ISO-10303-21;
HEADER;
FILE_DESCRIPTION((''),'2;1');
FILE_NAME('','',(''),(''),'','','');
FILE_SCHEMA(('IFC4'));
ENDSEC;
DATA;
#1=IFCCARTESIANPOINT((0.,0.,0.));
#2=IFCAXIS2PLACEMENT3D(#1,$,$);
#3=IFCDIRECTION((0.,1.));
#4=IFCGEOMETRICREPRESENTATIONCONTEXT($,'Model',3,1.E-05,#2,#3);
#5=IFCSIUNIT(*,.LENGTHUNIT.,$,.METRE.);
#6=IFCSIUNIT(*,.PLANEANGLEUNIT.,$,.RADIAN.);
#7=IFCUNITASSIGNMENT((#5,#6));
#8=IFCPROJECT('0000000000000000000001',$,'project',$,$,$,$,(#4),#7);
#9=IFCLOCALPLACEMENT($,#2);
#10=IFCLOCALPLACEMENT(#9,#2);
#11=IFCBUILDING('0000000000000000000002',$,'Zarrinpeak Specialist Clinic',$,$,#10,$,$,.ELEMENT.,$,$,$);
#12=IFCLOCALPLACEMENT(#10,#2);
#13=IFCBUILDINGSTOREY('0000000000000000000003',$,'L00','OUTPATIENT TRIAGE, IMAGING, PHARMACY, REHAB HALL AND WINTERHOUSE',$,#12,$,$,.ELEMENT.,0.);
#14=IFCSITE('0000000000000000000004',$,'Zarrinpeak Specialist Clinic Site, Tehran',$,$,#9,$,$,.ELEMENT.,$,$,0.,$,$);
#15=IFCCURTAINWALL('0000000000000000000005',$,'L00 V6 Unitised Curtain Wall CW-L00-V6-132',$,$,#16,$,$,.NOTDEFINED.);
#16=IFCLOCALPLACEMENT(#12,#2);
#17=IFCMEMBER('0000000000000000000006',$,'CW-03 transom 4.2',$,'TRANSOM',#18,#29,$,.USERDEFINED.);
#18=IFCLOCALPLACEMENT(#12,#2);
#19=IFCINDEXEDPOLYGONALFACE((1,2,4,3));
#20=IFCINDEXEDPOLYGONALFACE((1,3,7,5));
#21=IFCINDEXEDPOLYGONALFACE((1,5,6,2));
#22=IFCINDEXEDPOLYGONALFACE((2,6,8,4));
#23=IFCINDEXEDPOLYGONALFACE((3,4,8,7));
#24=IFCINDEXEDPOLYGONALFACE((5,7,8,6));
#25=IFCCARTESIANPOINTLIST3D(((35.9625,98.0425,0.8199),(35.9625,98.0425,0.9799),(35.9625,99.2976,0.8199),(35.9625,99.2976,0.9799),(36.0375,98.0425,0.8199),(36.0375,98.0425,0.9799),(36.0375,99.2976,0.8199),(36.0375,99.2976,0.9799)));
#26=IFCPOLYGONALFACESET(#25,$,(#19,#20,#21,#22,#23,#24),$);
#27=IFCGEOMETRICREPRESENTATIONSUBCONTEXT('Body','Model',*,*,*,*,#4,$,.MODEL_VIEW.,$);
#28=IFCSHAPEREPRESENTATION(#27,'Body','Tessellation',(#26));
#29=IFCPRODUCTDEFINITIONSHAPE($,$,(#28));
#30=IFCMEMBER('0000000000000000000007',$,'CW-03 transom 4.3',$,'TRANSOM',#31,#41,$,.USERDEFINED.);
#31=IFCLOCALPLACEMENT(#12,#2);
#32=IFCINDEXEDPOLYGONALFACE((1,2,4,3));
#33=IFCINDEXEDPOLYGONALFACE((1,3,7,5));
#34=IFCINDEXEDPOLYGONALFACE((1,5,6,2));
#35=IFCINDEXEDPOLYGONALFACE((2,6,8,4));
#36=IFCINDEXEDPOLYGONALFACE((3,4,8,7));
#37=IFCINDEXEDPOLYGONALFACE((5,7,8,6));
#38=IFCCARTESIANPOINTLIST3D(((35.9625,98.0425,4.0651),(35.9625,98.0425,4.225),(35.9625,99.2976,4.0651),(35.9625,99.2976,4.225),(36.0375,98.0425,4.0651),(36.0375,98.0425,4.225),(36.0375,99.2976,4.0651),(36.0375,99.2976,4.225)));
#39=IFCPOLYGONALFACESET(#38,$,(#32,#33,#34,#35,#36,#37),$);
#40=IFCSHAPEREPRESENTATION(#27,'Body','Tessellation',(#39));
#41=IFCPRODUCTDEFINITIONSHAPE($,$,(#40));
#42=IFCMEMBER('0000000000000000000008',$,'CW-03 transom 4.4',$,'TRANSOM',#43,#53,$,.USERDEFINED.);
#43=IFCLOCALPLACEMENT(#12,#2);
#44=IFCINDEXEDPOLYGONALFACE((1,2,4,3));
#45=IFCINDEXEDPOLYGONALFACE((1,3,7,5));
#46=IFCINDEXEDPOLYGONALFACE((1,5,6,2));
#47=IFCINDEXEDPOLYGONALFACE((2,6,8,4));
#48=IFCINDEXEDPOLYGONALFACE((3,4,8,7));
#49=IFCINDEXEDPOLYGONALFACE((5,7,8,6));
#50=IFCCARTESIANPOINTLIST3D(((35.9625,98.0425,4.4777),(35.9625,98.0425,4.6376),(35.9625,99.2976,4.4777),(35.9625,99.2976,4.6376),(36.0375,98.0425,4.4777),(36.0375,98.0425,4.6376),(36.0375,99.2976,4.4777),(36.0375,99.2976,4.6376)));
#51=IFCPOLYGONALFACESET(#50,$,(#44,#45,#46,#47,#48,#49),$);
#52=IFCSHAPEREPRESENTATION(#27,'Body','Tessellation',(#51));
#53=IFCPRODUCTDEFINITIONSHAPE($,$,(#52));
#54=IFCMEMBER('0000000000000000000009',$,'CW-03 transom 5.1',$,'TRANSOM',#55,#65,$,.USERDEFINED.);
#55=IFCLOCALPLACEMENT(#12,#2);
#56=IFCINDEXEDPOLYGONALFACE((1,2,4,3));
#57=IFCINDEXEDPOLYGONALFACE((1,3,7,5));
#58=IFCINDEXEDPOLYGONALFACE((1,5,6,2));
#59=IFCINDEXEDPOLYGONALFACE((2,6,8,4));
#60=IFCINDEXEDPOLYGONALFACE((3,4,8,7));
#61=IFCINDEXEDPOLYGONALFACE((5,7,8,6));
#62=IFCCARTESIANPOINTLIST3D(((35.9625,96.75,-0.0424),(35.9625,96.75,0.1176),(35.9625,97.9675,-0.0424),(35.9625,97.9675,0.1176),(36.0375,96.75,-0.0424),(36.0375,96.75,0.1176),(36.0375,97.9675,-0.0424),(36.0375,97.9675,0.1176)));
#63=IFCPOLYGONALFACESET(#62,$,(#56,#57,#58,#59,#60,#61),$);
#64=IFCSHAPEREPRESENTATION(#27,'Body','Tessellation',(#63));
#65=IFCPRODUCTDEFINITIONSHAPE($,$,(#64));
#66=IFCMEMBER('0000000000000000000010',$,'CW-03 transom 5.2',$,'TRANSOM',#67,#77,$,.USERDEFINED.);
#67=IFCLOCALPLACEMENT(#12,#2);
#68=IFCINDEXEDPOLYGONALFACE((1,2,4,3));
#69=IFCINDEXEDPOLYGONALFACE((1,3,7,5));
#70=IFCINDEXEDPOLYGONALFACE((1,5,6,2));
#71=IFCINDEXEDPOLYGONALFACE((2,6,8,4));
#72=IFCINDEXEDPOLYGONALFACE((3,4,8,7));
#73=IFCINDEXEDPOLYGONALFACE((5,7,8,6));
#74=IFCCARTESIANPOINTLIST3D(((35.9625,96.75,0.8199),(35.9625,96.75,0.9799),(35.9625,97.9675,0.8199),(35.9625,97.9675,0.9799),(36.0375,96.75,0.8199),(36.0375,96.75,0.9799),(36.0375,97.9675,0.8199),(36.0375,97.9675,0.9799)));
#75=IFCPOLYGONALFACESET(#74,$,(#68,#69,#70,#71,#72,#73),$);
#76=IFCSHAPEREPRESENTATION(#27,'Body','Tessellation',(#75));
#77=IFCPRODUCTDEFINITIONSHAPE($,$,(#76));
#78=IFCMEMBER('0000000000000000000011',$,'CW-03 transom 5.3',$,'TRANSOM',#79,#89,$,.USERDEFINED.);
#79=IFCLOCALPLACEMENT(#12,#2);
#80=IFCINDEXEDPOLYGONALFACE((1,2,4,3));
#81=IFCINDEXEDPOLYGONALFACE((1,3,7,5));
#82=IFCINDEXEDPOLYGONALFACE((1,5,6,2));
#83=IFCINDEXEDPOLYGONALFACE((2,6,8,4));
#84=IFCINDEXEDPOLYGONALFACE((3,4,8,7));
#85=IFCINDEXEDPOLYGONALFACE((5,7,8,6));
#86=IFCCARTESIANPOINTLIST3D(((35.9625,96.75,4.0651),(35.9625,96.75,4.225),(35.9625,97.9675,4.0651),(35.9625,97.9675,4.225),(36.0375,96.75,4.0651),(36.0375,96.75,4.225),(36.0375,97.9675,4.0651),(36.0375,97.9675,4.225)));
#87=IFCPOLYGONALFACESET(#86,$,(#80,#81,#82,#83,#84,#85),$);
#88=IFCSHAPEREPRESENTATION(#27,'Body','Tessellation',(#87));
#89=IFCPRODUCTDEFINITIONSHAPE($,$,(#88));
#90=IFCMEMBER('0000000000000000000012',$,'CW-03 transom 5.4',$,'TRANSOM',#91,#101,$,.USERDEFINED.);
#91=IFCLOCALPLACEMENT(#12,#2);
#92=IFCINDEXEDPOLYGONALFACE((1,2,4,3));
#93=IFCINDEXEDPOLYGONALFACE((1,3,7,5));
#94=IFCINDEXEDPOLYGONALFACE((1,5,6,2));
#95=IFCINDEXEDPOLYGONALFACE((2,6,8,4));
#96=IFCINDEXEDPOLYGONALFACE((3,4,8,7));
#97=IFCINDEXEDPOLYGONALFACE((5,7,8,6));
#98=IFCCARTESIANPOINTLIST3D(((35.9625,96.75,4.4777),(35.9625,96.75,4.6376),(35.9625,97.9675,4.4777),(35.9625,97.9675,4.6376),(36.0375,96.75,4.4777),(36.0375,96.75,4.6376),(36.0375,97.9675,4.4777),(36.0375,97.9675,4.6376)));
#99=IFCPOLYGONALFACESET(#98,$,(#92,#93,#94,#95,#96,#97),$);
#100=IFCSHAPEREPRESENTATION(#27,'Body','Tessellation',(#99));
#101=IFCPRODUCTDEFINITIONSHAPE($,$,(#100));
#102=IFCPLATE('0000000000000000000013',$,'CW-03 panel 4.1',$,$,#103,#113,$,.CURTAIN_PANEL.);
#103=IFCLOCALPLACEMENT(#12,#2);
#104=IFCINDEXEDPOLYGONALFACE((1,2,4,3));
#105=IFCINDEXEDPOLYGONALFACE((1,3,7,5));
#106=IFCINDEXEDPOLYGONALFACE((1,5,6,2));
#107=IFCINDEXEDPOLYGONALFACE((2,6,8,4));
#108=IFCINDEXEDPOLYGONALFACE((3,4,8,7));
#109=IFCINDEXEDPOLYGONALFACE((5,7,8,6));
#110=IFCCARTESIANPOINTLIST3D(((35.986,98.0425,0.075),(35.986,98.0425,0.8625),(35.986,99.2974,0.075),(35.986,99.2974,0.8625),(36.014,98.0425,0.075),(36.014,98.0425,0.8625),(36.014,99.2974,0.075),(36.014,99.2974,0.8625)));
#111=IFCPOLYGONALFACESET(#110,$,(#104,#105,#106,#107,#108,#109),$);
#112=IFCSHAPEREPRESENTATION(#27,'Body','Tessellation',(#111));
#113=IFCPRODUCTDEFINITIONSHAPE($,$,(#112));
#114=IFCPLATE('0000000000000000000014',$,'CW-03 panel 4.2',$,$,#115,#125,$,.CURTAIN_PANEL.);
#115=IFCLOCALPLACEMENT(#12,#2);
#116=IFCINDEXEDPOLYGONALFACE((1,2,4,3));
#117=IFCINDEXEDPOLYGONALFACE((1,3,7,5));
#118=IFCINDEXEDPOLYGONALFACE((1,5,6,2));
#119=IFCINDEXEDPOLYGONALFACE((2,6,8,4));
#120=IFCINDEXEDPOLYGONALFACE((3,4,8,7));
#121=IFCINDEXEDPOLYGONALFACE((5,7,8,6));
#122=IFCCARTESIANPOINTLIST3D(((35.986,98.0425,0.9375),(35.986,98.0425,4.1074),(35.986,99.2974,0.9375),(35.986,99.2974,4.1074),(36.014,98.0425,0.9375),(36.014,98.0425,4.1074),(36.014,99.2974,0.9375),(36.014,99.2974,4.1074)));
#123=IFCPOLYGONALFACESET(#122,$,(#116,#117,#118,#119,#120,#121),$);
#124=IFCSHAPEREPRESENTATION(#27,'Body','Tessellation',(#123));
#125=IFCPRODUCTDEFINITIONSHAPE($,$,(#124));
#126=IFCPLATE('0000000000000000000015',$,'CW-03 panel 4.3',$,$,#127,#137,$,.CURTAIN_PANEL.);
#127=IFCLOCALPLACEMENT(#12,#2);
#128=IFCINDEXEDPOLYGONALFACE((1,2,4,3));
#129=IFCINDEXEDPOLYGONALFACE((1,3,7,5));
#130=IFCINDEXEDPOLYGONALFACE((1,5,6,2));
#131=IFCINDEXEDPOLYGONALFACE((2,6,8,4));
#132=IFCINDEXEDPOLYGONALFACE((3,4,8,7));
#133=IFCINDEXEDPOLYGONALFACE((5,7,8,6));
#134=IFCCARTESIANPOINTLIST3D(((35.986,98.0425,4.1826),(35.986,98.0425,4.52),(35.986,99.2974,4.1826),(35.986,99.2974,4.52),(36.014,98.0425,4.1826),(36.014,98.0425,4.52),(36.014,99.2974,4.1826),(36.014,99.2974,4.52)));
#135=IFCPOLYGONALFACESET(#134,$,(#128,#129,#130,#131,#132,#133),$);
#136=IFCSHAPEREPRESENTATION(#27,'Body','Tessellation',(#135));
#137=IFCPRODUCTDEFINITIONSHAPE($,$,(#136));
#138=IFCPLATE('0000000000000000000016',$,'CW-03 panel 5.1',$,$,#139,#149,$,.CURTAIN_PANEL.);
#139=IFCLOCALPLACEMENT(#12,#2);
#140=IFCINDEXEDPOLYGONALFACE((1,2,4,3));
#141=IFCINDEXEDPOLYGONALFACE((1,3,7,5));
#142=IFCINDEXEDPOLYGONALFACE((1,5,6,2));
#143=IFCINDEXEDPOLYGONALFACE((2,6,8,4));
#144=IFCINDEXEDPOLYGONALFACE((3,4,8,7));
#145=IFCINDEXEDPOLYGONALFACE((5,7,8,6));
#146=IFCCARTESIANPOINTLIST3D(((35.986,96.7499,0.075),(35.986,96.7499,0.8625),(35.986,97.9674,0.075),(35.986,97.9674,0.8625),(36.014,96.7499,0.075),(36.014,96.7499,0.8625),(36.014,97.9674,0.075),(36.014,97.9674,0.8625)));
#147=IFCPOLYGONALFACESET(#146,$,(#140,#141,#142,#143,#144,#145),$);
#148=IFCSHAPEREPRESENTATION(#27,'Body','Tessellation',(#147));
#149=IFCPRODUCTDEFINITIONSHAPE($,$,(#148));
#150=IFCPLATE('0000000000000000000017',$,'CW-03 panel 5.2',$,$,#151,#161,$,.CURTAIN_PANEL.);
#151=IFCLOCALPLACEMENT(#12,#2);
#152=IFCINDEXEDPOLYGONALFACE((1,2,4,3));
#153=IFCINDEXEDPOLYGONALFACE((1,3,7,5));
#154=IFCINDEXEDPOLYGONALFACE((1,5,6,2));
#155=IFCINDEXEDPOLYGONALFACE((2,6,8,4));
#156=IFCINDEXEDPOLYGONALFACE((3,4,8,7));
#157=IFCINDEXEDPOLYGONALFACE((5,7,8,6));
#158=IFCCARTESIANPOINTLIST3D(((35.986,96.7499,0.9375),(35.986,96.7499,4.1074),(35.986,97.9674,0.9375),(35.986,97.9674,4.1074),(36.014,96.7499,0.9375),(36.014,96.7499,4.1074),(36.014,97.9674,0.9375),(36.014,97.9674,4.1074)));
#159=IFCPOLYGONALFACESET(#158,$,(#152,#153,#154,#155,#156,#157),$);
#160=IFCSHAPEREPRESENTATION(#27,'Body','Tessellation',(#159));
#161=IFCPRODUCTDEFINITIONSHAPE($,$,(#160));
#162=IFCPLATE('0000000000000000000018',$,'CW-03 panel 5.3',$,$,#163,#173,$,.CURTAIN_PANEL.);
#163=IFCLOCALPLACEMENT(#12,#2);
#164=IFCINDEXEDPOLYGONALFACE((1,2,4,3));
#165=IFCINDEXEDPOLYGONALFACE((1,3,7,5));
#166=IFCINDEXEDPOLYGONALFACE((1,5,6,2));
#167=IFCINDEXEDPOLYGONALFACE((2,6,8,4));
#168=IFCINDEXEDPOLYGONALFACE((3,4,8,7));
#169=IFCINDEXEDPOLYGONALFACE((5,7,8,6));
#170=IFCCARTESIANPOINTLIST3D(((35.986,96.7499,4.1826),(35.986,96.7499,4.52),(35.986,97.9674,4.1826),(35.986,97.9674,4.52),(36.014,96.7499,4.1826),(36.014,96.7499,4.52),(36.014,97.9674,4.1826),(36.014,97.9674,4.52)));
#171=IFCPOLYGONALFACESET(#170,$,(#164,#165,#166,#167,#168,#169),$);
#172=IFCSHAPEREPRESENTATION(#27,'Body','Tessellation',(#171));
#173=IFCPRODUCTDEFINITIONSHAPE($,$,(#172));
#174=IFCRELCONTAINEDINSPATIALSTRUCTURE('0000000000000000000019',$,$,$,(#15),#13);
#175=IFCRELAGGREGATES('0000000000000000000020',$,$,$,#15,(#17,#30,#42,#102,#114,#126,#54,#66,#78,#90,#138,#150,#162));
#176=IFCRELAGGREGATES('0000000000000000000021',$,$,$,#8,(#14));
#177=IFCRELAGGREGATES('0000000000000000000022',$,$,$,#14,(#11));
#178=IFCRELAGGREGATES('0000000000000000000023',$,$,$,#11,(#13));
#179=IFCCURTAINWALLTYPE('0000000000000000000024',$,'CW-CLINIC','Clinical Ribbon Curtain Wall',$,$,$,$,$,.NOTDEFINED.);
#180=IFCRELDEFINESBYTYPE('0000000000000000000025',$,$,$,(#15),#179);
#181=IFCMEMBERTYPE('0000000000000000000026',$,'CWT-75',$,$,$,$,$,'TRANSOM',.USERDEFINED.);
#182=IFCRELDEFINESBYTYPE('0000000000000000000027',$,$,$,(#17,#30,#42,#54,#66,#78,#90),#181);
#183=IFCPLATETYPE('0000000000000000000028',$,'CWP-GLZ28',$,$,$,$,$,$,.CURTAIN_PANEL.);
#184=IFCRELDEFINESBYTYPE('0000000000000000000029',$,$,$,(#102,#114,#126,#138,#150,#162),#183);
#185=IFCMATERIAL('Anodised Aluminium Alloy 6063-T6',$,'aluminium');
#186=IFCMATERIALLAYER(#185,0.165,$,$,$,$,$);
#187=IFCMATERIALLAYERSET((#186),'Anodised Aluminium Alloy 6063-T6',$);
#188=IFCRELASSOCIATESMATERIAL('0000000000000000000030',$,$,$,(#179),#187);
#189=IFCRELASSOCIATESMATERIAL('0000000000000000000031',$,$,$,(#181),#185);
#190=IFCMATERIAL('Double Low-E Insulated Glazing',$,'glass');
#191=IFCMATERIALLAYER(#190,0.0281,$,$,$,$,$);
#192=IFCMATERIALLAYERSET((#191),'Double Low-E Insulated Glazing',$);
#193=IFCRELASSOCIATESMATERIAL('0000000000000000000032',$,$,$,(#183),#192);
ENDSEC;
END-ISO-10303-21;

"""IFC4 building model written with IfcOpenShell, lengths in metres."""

from ifc_helpers import new_model, si_unit, direction, frame, origin, origin_2d, place, context, subcontext, project, spatial, rectangle, extrude, material, layer, layer_set, material_profile, profile_set, type_object, element, aggregate, save


model = new_model("IFC4")

# Units and contexts
model_context = context("Model", 3, precision=1e-05, world=origin(), true_north=direction((0.0, 1.0)))
body_context = subcontext(model_context, "Body", "Model", "MODEL_VIEW")
ifc_project = project(units=[si_unit("LENGTHUNIT", "METRE"), si_unit("PLANEANGLEUNIT", "RADIAN")], contexts=[model_context])

# Site, building, storey
site_placement = place(None, origin())
site = spatial("IfcSite", under=ifc_project, at=site_placement, Name="Zarrinpeak Specialist Clinic Site, Tehran", CompositionType="ELEMENT", RefElevation=0.0)
building_placement = place(site_placement, origin())
building = spatial("IfcBuilding", under=site, at=building_placement, Name="Zarrinpeak Specialist Clinic", CompositionType="ELEMENT")
storey_placement = place(building_placement, origin())
storey = spatial("IfcBuildingStorey", under=building, at=storey_placement, Name="L00", Description="OUTPATIENT TRIAGE, IMAGING, PHARMACY, REHAB HALL AND WINTERHOUSE", CompositionType="ELEMENT", Elevation=0.0)

# Shared definitions
ifc_material_1 = material(Name="Anodised Aluminium Alloy 6063-T6", Category="aluminium")
ifc_layer_1 = layer(ifc_material_1, 0.165)
ifc_layer_set_1 = layer_set([ifc_layer_1], Name="Anodised Aluminium Alloy 6063-T6")
curtain_wall_type = type_object("IfcCurtainWallType", Name="CW-CLINIC", Description="Clinical Ribbon Curtain Wall", PredefinedType="NOTDEFINED", material=ifc_layer_set_1)

# Curtain wall
curtain_wall_1_placement = place(storey_placement, origin())
curtain_wall_1 = element("IfcCurtainWall", 1, at=curtain_wall_1_placement, inside=storey, type_object=curtain_wall_type, Name="L00 V6 Unitised Curtain Wall CW-L00-V6-132", PredefinedType="NOTDEFINED")

# Members
ifc_material_profile_1 = material_profile(ifc_material_1, rectangle(XDim=0.075, YDim=0.1599, at=origin_2d()), Name="ALU 75x160")
ifc_profile_set_1 = profile_set([ifc_material_profile_1], Name="Anodised Aluminium Alloy 6063-T6")
member_type_1 = type_object("IfcMemberType", Name="CWT-75", ElementType="TRANSOM", PredefinedType="USERDEFINED", material=ifc_profile_set_1)
member_1_placement = place(storey_placement, frame((36.0, 99.2976, 0.8999), z_axis=(0.0, -1.0, 0.0), x_axis=(1.0, 0.0, 0.0)))
member_1 = element("IfcMember", 2, at=member_1_placement, type_object=member_type_1, Name="CW-03 transom 4.2", ObjectType="TRANSOM", PredefinedType="USERDEFINED", context=body_context, shape_type="SweptSolid", body=[
    extrude(rectangle(XDim=0.075, YDim=0.1599, at=origin_2d()), origin(), (0.0, 0.0, 1.0), 1.2551),
])
member_2_placement = place(storey_placement, frame((36.0, 99.2976, 4.145), z_axis=(0.0, -1.0, 0.0), x_axis=(1.0, 0.0, 0.0)))
member_2 = element("IfcMember", 3, at=member_2_placement, type_object=member_type_1, Name="CW-03 transom 4.3", ObjectType="TRANSOM", PredefinedType="USERDEFINED", context=body_context, shape_type="SweptSolid", body=[
    extrude(rectangle(XDim=0.075, YDim=0.1599, at=origin_2d()), origin(), (0.0, 0.0, 1.0), 1.2551),
])
member_3_placement = place(storey_placement, frame((36.0, 99.2976, 4.5576), z_axis=(0.0, -1.0, 0.0), x_axis=(1.0, 0.0, 0.0)))
member_3 = element("IfcMember", 4, at=member_3_placement, type_object=member_type_1, Name="CW-03 transom 4.4", ObjectType="TRANSOM", PredefinedType="USERDEFINED", context=body_context, shape_type="SweptSolid", body=[
    extrude(rectangle(XDim=0.075, YDim=0.1599, at=origin_2d()), origin(), (0.0, 0.0, 1.0), 1.2551),
])
member_4_placement = place(storey_placement, frame((36.0, 97.9675, 0.0376), z_axis=(0.0, -1.0, 0.0), x_axis=(1.0, 0.0, 0.0)))
member_4 = element("IfcMember", 5, at=member_4_placement, type_object=member_type_1, Name="CW-03 transom 5.1", ObjectType="TRANSOM", PredefinedType="USERDEFINED", context=body_context, shape_type="SweptSolid", body=[
    extrude(rectangle(XDim=0.075, YDim=0.1599, at=origin_2d()), origin(), (0.0, 0.0, 1.0), 1.2175),
])
member_5_placement = place(storey_placement, frame((36.0, 97.9675, 0.8999), z_axis=(0.0, -1.0, 0.0), x_axis=(1.0, 0.0, 0.0)))
member_5 = element("IfcMember", 6, at=member_5_placement, type_object=member_type_1, Name="CW-03 transom 5.2", ObjectType="TRANSOM", PredefinedType="USERDEFINED", context=body_context, shape_type="SweptSolid", body=[
    extrude(rectangle(XDim=0.075, YDim=0.1599, at=origin_2d()), origin(), (0.0, 0.0, 1.0), 1.2175),
])
member_6_placement = place(storey_placement, frame((36.0, 97.9675, 4.145), z_axis=(0.0, -1.0, 0.0), x_axis=(1.0, 0.0, 0.0)))
member_6 = element("IfcMember", 7, at=member_6_placement, type_object=member_type_1, Name="CW-03 transom 5.3", ObjectType="TRANSOM", PredefinedType="USERDEFINED", context=body_context, shape_type="SweptSolid", body=[
    extrude(rectangle(XDim=0.075, YDim=0.1599, at=origin_2d()), origin(), (0.0, 0.0, 1.0), 1.2175),
])
member_7_placement = place(storey_placement, frame((36.0, 97.9675, 4.5576), z_axis=(0.0, -1.0, 0.0), x_axis=(1.0, 0.0, 0.0)))
member_7 = element("IfcMember", 8, at=member_7_placement, type_object=member_type_1, Name="CW-03 transom 5.4", ObjectType="TRANSOM", PredefinedType="USERDEFINED", context=body_context, shape_type="SweptSolid", body=[
    extrude(rectangle(XDim=0.075, YDim=0.1599, at=origin_2d()), origin(), (0.0, 0.0, 1.0), 1.2175),
])

# Plates
ifc_material_2 = material(Name="Double Low-E Insulated Glazing", Category="glass")
ifc_layer_2 = layer(ifc_material_2, 0.0281)
ifc_layer_set_2 = layer_set([ifc_layer_2], Name="Double Low-E Insulated Glazing")
plate_type = type_object("IfcPlateType", Name="CWP-GLZ28", PredefinedType="CURTAIN_PANEL", material=ifc_layer_set_2)
plate_1_placement = place(storey_placement, frame((36.0, 98.6699, 0.075), z_axis=(0.0, 0.0, 1.0), x_axis=(0.0, -1.0, 0.0)))
plate_1 = element("IfcPlate", 9, at=plate_1_placement, type_object=plate_type, Name="CW-03 panel 4.1", PredefinedType="CURTAIN_PANEL", context=body_context, shape_type="SweptSolid", body=[
    extrude(rectangle(XDim=1.2549, YDim=0.0281, at=origin_2d()), origin(), (0.0, 0.0, 1.0), 0.7876),
])
plate_2_placement = place(storey_placement, frame((36.0, 98.6699, 0.9375), z_axis=(0.0, 0.0, 1.0), x_axis=(0.0, -1.0, 0.0)))
plate_2 = element("IfcPlate", 10, at=plate_2_placement, type_object=plate_type, Name="CW-03 panel 4.2", PredefinedType="CURTAIN_PANEL", context=body_context, shape_type="SweptSolid", body=[
    extrude(rectangle(XDim=1.2549, YDim=0.0281, at=origin_2d()), origin(), (0.0, 0.0, 1.0), 3.1699),
])
plate_3_placement = place(storey_placement, frame((36.0, 98.6699, 4.1826), z_axis=(0.0, 0.0, 1.0), x_axis=(0.0, -1.0, 0.0)))
plate_3 = element("IfcPlate", 11, at=plate_3_placement, type_object=plate_type, Name="CW-03 panel 4.3", PredefinedType="CURTAIN_PANEL", context=body_context, shape_type="SweptSolid", body=[
    extrude(rectangle(XDim=1.2549, YDim=0.0281, at=origin_2d()), origin(), (0.0, 0.0, 1.0), 0.3374),
])
plate_4_placement = place(storey_placement, frame((36.0, 97.3586, 0.075), z_axis=(0.0, 0.0, 1.0), x_axis=(0.0, -1.0, 0.0)))
plate_4 = element("IfcPlate", 12, at=plate_4_placement, type_object=plate_type, Name="CW-03 panel 5.1", PredefinedType="CURTAIN_PANEL", context=body_context, shape_type="SweptSolid", body=[
    extrude(rectangle(XDim=1.2175, YDim=0.0281, at=origin_2d()), origin(), (0.0, 0.0, 1.0), 0.7876),
])
plate_5_placement = place(storey_placement, frame((36.0, 97.3586, 0.9375), z_axis=(0.0, 0.0, 1.0), x_axis=(0.0, -1.0, 0.0)))
plate_5 = element("IfcPlate", 13, at=plate_5_placement, type_object=plate_type, Name="CW-03 panel 5.2", PredefinedType="CURTAIN_PANEL", context=body_context, shape_type="SweptSolid", body=[
    extrude(rectangle(XDim=1.2175, YDim=0.0281, at=origin_2d()), origin(), (0.0, 0.0, 1.0), 3.1699),
])
plate_6_placement = place(storey_placement, frame((36.0, 97.3586, 4.1826), z_axis=(0.0, 0.0, 1.0), x_axis=(0.0, -1.0, 0.0)))
plate_6 = element("IfcPlate", 14, at=plate_6_placement, type_object=plate_type, Name="CW-03 panel 5.3", PredefinedType="CURTAIN_PANEL", context=body_context, shape_type="SweptSolid", body=[
    extrude(rectangle(XDim=1.2175, YDim=0.0281, at=origin_2d()), origin(), (0.0, 0.0, 1.0), 0.3374),
])
aggregate(curtain_wall_1, [member_1, member_2, member_3, plate_1, plate_2, plate_3, member_4, member_5, member_6, member_7, plate_4, plate_5, plate_6])

save(model, "model.ifc")
